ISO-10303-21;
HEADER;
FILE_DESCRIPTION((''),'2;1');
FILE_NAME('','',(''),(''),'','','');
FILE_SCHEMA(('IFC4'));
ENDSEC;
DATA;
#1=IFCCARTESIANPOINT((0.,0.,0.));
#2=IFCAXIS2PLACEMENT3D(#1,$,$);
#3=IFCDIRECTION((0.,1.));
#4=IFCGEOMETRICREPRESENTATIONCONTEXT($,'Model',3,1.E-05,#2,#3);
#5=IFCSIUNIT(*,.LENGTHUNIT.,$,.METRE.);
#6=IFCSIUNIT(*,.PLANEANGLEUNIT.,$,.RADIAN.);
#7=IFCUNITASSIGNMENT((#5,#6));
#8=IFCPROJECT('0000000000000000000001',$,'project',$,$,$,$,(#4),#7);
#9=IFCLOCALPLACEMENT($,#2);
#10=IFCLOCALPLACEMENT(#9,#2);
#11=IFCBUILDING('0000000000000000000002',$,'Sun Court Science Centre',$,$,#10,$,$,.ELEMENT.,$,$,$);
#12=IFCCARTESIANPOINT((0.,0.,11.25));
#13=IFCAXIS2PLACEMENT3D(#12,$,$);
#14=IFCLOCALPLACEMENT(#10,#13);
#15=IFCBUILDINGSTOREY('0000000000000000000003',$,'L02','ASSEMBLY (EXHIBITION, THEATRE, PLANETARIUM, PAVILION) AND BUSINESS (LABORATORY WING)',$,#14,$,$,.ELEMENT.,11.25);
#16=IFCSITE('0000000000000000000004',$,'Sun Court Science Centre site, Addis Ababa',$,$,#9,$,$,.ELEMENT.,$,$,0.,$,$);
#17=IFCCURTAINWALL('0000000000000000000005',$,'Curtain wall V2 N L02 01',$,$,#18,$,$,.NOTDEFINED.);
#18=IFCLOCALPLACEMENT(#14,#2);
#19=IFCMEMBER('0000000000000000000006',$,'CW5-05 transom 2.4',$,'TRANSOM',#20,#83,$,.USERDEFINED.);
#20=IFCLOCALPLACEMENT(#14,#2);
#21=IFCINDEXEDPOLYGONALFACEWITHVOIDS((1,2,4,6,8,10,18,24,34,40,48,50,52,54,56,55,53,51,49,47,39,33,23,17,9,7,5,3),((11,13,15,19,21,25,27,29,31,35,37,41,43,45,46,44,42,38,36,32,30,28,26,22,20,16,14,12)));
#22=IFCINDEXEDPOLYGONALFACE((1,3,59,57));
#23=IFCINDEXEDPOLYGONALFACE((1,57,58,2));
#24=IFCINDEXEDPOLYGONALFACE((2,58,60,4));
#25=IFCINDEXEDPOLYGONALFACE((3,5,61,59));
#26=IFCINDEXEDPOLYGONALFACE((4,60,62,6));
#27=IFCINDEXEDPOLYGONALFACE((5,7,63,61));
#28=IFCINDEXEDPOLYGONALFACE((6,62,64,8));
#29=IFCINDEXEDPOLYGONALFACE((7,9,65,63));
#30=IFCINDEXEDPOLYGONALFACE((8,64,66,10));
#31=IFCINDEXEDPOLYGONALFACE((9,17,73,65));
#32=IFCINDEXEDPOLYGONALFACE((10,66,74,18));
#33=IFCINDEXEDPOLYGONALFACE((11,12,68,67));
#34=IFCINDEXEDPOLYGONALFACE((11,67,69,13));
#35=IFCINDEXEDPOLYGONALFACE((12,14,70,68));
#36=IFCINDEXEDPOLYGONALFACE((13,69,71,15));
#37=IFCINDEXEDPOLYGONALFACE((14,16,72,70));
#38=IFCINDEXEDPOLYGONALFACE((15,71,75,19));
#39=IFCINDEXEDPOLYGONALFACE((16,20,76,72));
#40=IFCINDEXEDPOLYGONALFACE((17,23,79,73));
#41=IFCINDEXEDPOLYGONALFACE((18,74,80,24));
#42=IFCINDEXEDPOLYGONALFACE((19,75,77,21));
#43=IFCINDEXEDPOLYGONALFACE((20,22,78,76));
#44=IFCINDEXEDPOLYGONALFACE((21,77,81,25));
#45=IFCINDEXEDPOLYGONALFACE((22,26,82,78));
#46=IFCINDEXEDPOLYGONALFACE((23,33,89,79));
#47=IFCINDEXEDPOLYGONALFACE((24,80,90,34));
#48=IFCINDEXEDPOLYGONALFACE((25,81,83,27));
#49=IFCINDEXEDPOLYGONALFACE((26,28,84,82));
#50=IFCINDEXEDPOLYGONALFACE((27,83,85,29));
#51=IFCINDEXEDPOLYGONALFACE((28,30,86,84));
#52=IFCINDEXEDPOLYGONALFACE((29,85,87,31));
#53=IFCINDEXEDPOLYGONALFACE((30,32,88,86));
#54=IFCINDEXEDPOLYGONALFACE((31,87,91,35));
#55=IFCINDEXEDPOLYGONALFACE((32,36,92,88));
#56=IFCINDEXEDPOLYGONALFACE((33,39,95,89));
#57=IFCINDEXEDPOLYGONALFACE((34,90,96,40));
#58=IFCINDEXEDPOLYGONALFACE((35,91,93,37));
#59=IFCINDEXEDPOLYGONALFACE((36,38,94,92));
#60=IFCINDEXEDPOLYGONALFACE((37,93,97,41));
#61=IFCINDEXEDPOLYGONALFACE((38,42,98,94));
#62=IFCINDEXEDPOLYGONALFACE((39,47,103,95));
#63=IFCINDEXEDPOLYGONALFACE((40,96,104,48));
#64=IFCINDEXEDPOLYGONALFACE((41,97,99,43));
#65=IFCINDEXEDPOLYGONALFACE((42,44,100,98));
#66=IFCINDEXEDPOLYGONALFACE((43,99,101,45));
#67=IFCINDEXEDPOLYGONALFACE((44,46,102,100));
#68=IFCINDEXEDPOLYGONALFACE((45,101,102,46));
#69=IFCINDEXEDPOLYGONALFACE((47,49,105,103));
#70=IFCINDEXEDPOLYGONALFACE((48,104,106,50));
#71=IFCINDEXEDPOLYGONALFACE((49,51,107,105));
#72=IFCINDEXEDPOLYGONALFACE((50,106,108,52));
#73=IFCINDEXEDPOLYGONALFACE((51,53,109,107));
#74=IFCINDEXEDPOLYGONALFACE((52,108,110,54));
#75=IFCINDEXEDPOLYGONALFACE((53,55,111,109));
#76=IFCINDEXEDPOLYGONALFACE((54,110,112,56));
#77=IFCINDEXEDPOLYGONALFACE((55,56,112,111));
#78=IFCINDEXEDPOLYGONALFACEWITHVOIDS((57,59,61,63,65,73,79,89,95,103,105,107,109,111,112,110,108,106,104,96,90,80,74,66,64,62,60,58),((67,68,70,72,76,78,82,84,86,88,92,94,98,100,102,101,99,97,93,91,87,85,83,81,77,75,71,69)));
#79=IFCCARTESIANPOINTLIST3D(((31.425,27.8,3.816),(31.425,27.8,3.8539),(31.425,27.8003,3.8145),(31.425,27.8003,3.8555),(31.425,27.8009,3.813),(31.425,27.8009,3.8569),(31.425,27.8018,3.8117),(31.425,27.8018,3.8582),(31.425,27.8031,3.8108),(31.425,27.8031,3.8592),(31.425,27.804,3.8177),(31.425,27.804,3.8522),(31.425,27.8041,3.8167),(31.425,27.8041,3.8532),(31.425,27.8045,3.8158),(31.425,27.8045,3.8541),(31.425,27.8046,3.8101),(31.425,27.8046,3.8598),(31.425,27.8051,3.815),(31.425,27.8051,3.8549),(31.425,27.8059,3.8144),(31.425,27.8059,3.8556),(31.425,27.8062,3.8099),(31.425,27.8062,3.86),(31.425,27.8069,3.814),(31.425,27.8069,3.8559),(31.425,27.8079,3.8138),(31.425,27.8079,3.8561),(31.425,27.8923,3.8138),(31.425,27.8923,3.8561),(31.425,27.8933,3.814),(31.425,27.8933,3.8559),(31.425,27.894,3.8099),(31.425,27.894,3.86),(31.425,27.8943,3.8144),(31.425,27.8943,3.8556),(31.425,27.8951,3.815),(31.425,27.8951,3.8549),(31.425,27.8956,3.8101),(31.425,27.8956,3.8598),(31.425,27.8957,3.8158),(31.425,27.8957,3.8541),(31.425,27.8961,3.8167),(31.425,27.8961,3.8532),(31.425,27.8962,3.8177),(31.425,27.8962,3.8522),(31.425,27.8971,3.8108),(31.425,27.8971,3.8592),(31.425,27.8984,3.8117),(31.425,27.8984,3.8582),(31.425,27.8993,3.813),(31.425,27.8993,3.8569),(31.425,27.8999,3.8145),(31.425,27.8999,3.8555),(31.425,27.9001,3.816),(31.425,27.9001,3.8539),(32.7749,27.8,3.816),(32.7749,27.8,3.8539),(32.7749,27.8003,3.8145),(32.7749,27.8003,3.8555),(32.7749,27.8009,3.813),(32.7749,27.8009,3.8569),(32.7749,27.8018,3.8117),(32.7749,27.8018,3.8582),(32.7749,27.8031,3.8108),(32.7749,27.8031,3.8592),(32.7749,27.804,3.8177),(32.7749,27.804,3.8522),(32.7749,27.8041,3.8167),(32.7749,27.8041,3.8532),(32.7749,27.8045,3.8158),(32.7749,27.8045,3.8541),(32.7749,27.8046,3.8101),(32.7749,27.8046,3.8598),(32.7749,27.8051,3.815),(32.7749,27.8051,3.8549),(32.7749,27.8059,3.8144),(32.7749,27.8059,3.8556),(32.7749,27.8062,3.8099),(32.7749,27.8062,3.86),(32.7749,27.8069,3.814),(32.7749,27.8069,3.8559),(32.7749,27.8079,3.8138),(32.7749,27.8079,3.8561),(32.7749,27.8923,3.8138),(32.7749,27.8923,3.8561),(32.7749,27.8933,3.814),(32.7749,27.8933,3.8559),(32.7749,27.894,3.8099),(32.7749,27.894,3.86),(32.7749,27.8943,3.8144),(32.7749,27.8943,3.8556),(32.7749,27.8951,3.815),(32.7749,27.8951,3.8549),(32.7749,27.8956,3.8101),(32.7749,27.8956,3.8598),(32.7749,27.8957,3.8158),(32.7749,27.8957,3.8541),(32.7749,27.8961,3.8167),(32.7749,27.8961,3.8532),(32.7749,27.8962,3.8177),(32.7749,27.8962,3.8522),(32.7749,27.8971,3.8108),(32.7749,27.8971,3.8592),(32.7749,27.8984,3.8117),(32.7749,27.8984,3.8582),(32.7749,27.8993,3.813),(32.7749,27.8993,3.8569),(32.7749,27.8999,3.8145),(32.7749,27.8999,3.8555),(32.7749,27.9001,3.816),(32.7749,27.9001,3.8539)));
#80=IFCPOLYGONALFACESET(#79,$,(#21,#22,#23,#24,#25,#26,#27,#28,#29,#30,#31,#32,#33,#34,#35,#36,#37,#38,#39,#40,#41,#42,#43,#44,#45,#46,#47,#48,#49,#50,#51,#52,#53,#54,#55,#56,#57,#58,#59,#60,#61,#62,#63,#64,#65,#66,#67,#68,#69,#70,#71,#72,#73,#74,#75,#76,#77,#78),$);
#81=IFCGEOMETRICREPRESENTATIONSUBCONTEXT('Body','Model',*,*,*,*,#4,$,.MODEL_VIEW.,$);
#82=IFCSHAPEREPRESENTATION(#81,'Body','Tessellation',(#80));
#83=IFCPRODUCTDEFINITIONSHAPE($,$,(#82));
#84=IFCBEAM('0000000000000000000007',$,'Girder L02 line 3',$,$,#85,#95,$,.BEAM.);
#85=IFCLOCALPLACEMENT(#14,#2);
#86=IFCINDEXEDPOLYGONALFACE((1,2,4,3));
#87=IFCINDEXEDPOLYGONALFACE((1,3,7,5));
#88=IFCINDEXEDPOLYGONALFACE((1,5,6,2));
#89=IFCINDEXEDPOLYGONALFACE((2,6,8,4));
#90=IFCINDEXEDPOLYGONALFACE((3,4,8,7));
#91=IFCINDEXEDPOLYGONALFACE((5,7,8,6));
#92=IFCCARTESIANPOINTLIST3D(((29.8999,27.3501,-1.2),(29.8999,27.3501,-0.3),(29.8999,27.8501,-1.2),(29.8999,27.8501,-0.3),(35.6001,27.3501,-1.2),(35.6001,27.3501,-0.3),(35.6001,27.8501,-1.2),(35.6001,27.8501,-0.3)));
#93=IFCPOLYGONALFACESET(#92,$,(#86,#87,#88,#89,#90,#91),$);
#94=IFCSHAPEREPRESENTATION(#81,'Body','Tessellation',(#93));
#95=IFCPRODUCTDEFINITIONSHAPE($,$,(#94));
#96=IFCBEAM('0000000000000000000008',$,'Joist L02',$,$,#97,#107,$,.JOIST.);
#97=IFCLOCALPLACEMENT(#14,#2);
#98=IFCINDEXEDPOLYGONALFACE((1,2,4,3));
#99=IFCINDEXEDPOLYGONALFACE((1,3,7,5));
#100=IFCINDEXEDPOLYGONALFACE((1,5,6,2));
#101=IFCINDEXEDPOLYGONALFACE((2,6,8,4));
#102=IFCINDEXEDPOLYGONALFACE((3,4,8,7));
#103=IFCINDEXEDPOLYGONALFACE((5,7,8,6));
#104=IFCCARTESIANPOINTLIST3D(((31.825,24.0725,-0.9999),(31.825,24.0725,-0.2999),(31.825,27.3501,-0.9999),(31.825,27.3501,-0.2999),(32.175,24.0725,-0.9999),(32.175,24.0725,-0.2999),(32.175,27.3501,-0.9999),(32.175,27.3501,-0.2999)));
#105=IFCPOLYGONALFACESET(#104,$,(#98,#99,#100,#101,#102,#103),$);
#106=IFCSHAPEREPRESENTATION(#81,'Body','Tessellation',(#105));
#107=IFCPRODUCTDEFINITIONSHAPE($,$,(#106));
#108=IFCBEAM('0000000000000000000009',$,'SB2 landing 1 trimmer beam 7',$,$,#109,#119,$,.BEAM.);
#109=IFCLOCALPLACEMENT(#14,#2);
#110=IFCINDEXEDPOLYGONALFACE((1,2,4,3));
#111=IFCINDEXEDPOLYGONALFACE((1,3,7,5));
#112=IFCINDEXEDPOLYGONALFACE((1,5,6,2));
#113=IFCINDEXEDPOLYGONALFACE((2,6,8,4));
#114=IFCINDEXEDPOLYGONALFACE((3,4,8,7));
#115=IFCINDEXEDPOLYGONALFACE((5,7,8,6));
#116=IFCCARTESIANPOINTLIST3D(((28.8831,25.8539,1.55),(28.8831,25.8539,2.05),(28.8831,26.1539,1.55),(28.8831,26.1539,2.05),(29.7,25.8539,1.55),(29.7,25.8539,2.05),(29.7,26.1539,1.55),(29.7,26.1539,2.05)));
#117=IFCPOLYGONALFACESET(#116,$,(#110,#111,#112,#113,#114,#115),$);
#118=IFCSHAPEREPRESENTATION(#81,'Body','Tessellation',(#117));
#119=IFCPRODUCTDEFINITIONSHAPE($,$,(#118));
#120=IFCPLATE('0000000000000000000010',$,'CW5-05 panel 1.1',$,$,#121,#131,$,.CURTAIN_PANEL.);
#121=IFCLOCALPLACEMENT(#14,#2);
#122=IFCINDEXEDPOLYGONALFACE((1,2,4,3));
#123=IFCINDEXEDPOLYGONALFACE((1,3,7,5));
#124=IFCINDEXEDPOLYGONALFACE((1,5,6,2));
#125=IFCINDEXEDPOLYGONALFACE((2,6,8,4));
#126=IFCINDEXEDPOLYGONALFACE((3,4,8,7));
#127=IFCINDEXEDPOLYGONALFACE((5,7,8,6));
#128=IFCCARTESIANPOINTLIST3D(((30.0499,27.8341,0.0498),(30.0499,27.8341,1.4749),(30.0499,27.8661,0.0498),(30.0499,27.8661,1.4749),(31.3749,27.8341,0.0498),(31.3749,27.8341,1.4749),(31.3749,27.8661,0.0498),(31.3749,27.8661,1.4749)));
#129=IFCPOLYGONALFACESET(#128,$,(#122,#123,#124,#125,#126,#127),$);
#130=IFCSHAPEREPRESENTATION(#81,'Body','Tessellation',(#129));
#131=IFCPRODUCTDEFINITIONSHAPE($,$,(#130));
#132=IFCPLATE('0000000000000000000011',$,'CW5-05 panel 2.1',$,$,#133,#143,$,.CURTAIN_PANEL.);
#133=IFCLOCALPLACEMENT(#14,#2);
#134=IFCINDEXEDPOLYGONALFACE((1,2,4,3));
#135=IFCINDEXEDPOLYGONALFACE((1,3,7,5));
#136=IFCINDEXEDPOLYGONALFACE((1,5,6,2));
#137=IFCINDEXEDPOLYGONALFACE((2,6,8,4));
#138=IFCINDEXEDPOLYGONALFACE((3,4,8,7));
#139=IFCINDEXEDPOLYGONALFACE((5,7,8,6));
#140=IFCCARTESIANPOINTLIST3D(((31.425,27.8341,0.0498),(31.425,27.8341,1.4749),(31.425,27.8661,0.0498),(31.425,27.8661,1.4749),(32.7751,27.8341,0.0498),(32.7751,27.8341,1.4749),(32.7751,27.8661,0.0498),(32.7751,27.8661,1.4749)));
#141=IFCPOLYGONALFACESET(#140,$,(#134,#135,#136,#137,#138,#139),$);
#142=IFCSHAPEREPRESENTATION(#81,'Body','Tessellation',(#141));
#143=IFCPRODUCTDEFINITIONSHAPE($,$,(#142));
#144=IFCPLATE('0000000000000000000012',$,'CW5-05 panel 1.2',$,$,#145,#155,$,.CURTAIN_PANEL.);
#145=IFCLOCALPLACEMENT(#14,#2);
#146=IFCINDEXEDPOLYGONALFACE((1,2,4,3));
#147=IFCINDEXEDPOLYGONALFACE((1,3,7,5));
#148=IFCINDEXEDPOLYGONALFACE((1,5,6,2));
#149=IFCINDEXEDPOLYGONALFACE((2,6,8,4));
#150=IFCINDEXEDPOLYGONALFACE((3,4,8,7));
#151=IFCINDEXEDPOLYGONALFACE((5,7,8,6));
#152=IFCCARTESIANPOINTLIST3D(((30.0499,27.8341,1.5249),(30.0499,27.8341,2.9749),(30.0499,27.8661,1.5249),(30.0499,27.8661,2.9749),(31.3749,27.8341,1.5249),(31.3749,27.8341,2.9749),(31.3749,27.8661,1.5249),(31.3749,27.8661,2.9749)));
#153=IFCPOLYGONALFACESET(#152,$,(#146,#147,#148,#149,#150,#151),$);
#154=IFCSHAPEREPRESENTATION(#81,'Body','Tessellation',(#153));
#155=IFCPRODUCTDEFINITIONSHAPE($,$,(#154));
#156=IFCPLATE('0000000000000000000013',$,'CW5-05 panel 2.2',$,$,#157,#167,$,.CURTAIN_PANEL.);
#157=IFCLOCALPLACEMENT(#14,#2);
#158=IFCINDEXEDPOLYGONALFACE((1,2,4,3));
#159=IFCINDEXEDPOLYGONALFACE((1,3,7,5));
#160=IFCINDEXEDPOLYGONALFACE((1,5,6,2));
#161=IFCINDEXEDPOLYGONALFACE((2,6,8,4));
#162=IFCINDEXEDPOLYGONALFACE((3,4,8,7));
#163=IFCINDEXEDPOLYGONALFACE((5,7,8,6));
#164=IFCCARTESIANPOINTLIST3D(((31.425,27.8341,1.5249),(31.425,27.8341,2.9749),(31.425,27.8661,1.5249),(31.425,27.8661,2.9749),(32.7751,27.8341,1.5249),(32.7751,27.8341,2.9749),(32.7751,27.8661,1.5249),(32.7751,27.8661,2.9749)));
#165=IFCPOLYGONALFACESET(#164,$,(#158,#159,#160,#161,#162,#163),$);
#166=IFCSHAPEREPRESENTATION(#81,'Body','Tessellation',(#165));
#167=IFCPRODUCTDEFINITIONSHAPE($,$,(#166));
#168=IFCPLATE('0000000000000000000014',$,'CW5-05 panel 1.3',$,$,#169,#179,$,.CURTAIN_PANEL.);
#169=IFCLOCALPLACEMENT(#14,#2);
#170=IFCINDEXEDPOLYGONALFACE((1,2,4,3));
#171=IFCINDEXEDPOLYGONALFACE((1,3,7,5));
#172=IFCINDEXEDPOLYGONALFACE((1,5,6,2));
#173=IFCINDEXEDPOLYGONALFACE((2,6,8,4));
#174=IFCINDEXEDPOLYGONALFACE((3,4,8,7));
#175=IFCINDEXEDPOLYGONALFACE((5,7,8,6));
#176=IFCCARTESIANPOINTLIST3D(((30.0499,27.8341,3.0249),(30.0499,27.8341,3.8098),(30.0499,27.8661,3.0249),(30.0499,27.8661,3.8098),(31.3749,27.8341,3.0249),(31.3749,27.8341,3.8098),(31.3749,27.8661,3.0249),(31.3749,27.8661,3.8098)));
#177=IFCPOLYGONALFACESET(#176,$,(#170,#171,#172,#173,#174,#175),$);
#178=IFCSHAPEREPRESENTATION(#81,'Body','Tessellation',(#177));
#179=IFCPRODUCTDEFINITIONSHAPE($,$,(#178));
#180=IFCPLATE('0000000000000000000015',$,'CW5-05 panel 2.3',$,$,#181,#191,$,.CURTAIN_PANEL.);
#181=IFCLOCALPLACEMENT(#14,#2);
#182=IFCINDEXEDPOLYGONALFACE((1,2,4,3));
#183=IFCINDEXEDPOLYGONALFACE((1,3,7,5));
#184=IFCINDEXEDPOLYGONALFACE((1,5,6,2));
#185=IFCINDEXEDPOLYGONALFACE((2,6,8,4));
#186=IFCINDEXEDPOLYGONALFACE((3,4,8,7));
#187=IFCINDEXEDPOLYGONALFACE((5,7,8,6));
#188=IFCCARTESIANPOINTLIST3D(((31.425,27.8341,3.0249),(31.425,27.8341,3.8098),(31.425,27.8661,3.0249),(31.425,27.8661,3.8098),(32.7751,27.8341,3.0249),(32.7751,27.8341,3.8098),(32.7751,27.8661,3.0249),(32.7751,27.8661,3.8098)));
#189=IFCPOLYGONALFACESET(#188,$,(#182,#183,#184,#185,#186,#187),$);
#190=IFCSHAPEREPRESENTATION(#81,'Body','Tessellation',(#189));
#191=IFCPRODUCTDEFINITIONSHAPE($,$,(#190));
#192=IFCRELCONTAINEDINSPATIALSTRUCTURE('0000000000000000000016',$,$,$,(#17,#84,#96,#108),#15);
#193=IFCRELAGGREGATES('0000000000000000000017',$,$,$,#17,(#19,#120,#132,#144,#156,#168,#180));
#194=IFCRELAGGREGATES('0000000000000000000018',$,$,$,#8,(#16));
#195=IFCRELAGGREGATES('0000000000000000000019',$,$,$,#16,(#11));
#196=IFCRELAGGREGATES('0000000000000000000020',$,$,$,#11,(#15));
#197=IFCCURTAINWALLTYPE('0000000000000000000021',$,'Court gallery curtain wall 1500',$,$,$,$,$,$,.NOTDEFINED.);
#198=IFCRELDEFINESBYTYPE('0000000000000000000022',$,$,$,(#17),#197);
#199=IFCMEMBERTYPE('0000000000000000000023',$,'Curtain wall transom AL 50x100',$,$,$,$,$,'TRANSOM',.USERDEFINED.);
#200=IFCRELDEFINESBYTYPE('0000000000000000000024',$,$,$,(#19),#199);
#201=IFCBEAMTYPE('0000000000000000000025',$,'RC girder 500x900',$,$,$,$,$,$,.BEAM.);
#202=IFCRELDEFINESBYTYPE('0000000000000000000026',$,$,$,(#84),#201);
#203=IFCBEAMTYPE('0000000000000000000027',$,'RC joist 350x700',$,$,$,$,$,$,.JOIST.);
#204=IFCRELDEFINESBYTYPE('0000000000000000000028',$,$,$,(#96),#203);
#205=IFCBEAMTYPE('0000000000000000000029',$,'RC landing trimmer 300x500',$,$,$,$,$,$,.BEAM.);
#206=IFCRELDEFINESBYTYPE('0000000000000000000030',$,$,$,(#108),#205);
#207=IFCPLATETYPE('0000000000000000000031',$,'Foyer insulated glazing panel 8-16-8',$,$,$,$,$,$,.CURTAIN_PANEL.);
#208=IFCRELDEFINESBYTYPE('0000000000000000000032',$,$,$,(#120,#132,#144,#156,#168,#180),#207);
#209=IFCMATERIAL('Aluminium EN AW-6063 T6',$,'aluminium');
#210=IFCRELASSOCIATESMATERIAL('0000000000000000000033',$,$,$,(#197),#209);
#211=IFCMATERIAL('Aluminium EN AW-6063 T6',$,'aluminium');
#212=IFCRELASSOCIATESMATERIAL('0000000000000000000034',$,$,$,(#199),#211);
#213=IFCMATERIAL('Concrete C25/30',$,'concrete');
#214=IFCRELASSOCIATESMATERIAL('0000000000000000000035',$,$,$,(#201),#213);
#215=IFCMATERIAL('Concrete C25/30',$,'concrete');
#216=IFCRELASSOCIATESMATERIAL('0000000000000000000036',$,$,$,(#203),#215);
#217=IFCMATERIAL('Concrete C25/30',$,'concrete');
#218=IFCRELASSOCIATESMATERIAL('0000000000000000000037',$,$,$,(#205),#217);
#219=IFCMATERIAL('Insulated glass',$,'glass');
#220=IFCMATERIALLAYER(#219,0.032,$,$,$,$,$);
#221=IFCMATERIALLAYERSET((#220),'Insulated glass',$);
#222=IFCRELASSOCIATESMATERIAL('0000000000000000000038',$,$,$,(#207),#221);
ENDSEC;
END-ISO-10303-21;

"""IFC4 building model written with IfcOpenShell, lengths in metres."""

from ifc_helpers import new_model, si_unit, direction, frame, origin, origin_2d, place, context, subcontext, project, spatial, rectangle, hollow_rectangle, extrude, material, layer, layer_set, material_profile, profile_set, type_object, element, aggregate, save


model = new_model("IFC4")

# Units and contexts
model_context = context("Model", 3, precision=1e-05, world=origin(), true_north=direction((0.0, 1.0)))
body_context = subcontext(model_context, "Body", "Model", "MODEL_VIEW")
ifc_project = project(units=[si_unit("LENGTHUNIT", "METRE"), si_unit("PLANEANGLEUNIT", "RADIAN")], contexts=[model_context])

# Site, building, storey
site_placement = place(None, origin())
site = spatial("IfcSite", under=ifc_project, at=site_placement, Name="Sun Court Science Centre site, Addis Ababa", CompositionType="ELEMENT", RefElevation=0.0)
building_placement = place(site_placement, origin())
building = spatial("IfcBuilding", under=site, at=building_placement, Name="Sun Court Science Centre", CompositionType="ELEMENT")
storey_placement = place(building_placement, frame((0.0, 0.0, 11.25)))
storey = spatial("IfcBuildingStorey", under=building, at=storey_placement, Name="L02", Description="ASSEMBLY (EXHIBITION, THEATRE, PLANETARIUM, PAVILION) AND BUSINESS (LABORATORY WING)", CompositionType="ELEMENT", Elevation=11.25)

# Curtain wall, member
ifc_material_1 = material(Name="Aluminium EN AW-6063 T6", Category="aluminium")
curtain_wall_type = type_object("IfcCurtainWallType", Name="Court gallery curtain wall 1500", PredefinedType="NOTDEFINED", material=ifc_material_1)
curtain_wall_placement = place(storey_placement, origin())
curtain_wall = element("IfcCurtainWall", 1, at=curtain_wall_placement, inside=storey, type_object=curtain_wall_type, Name="Curtain wall V2 N L02 01", PredefinedType="NOTDEFINED")
ifc_material_2 = material(Name="Aluminium EN AW-6063 T6", Category="aluminium")
ifc_material_profile_1 = material_profile(ifc_material_2, hollow_rectangle(XDim=0.05, YDim=0.1001, WallThickness=0.0039, InnerFilletRadius=0.0039, OuterFilletRadius=0.0061, at=origin_2d()), Name="AL 50x100x4")
ifc_profile_set_1 = profile_set([ifc_material_profile_1], Name="Aluminium EN AW-6063 T6")
member_type_1 = type_object("IfcMemberType", Name="Curtain wall transom AL 50x100", ElementType="TRANSOM", PredefinedType="USERDEFINED", material=ifc_profile_set_1)
member_1_placement = place(storey_placement, frame((31.425, 27.8501, 3.835), z_axis=(1.0, 0.0, 0.0), x_axis=(0.0, 0.0, 1.0)))
member_1 = element("IfcMember", 2, at=member_1_placement, type_object=member_type_1, Name="CW5-05 transom 2.4", ObjectType="TRANSOM", PredefinedType="USERDEFINED", context=body_context, shape_type="SweptSolid", body=[
    extrude(hollow_rectangle(XDim=0.05, YDim=0.1001, WallThickness=0.0039, InnerFilletRadius=0.0039, OuterFilletRadius=0.0061, at=origin_2d()), origin(), (0.0, 0.0, 1.0), 1.3499),
])

# Beams
ifc_material_3 = material(Name="Concrete C25/30", Category="concrete")
ifc_material_profile_2 = material_profile(ifc_material_3, rectangle(XDim=0.5, YDim=0.8999, at=origin_2d()), Name="RC 500x900")
ifc_profile_set_2 = profile_set([ifc_material_profile_2], Name="Concrete C25/30")
beam_type_1 = type_object("IfcBeamType", Name="RC girder 500x900", PredefinedType="BEAM", material=ifc_profile_set_2)
beam_1_placement = place(storey_placement, frame((29.8999, 27.6001, -0.75), z_axis=(1.0, 0.0, 0.0), x_axis=(0.0, 1.0, 0.0)))
element("IfcBeam", 3, at=beam_1_placement, inside=storey, type_object=beam_type_1, Name="Girder L02 line 3", PredefinedType="BEAM", context=body_context, shape_type="SweptSolid", body=[
    extrude(rectangle(XDim=0.5, YDim=0.8999, at=origin_2d()), origin(), (0.0, 0.0, 1.0), 5.7002),
])
ifc_material_4 = material(Name="Concrete C25/30", Category="concrete")
ifc_material_profile_3 = material_profile(ifc_material_4, rectangle(XDim=0.3501, YDim=0.7, at=origin_2d()), Name="RC 350x700")
ifc_profile_set_3 = profile_set([ifc_material_profile_3], Name="Concrete C25/30")
beam_type_2 = type_object("IfcBeamType", Name="RC joist 350x700", PredefinedType="JOIST", material=ifc_profile_set_3)
beam_2_placement = place(storey_placement, frame((32.0, 24.0725, -0.6499), z_axis=(0.0, 1.0, 0.0), x_axis=(-1.0, 0.0, 0.0)))
element("IfcBeam", 4, at=beam_2_placement, inside=storey, type_object=beam_type_2, Name="Joist L02", PredefinedType="JOIST", context=body_context, shape_type="SweptSolid", body=[
    extrude(rectangle(XDim=0.3501, YDim=0.7, at=origin_2d()), origin(), (0.0, 0.0, 1.0), 3.2776),
])
ifc_material_5 = material(Name="Concrete C25/30", Category="concrete")
ifc_material_profile_4 = material_profile(ifc_material_5, rectangle(XDim=0.3, YDim=0.5, at=origin_2d()), Name="RC 300x500")
ifc_profile_set_4 = profile_set([ifc_material_profile_4], Name="Concrete C25/30")
beam_type_3 = type_object("IfcBeamType", Name="RC landing trimmer 300x500", PredefinedType="BEAM", material=ifc_profile_set_4)
beam_3_placement = place(storey_placement, frame((29.7, 26.0039, 1.8), z_axis=(-1.0, 0.0, 0.0), x_axis=(0.0, -1.0, 0.0)))
element("IfcBeam", 5, at=beam_3_placement, inside=storey, type_object=beam_type_3, Name="SB2 landing 1 trimmer beam 7", PredefinedType="BEAM", context=body_context, shape_type="SweptSolid", body=[
    extrude(rectangle(XDim=0.3, YDim=0.5, at=origin_2d()), origin(), (0.0, 0.0, 1.0), 0.8169),
])

# Plates
ifc_material_6 = material(Name="Insulated glass", Category="glass")
ifc_layer_1 = layer(ifc_material_6, 0.032)
ifc_layer_set_1 = layer_set([ifc_layer_1], Name="Insulated glass")
plate_type = type_object("IfcPlateType", Name="Foyer insulated glazing panel 8-16-8", PredefinedType="CURTAIN_PANEL", material=ifc_layer_set_1)
plate_1_placement = place(storey_placement, frame((30.7124, 27.8501, 0.0498), z_axis=(0.0, 0.0, 1.0), x_axis=(1.0, 0.0, 0.0)))
plate_1 = element("IfcPlate", 6, at=plate_1_placement, type_object=plate_type, Name="CW5-05 panel 1.1", PredefinedType="CURTAIN_PANEL", context=body_context, shape_type="SweptSolid", body=[
    extrude(rectangle(XDim=1.325, YDim=0.032, at=origin_2d()), origin(), (0.0, 0.0, 1.0), 1.425),
])
plate_2_placement = place(storey_placement, frame((32.1001, 27.8501, 0.0498), z_axis=(0.0, 0.0, 1.0), x_axis=(1.0, 0.0, 0.0)))
plate_2 = element("IfcPlate", 7, at=plate_2_placement, type_object=plate_type, Name="CW5-05 panel 2.1", PredefinedType="CURTAIN_PANEL", context=body_context, shape_type="SweptSolid", body=[
    extrude(rectangle(XDim=1.3501, YDim=0.032, at=origin_2d()), origin(), (0.0, 0.0, 1.0), 1.425),
])
plate_3_placement = place(storey_placement, frame((30.7124, 27.8501, 1.5249), z_axis=(0.0, 0.0, 1.0), x_axis=(1.0, 0.0, 0.0)))
plate_3 = element("IfcPlate", 8, at=plate_3_placement, type_object=plate_type, Name="CW5-05 panel 1.2", PredefinedType="CURTAIN_PANEL", context=body_context, shape_type="SweptSolid", body=[
    extrude(rectangle(XDim=1.325, YDim=0.032, at=origin_2d()), origin(), (0.0, 0.0, 1.0), 1.45),
])
plate_4_placement = place(storey_placement, frame((32.1001, 27.8501, 1.5249), z_axis=(0.0, 0.0, 1.0), x_axis=(1.0, 0.0, 0.0)))
plate_4 = element("IfcPlate", 9, at=plate_4_placement, type_object=plate_type, Name="CW5-05 panel 2.2", PredefinedType="CURTAIN_PANEL", context=body_context, shape_type="SweptSolid", body=[
    extrude(rectangle(XDim=1.3501, YDim=0.032, at=origin_2d()), origin(), (0.0, 0.0, 1.0), 1.45),
])
plate_5_placement = place(storey_placement, frame((30.7124, 27.8501, 3.0249), z_axis=(0.0, 0.0, 1.0), x_axis=(1.0, 0.0, 0.0)))
plate_5 = element("IfcPlate", 10, at=plate_5_placement, type_object=plate_type, Name="CW5-05 panel 1.3", PredefinedType="CURTAIN_PANEL", context=body_context, shape_type="SweptSolid", body=[
    extrude(rectangle(XDim=1.325, YDim=0.032, at=origin_2d()), origin(), (0.0, 0.0, 1.0), 0.7849),
])
plate_6_placement = place(storey_placement, frame((32.1001, 27.8501, 3.0249), z_axis=(0.0, 0.0, 1.0), x_axis=(1.0, 0.0, 0.0)))
plate_6 = element("IfcPlate", 11, at=plate_6_placement, type_object=plate_type, Name="CW5-05 panel 2.3", PredefinedType="CURTAIN_PANEL", context=body_context, shape_type="SweptSolid", body=[
    extrude(rectangle(XDim=1.3501, YDim=0.032, at=origin_2d()), origin(), (0.0, 0.0, 1.0), 0.7849),
])
aggregate(curtain_wall, [member_1, plate_1, plate_2, plate_3, plate_4, plate_5, plate_6])

save(model, "model.ifc")
